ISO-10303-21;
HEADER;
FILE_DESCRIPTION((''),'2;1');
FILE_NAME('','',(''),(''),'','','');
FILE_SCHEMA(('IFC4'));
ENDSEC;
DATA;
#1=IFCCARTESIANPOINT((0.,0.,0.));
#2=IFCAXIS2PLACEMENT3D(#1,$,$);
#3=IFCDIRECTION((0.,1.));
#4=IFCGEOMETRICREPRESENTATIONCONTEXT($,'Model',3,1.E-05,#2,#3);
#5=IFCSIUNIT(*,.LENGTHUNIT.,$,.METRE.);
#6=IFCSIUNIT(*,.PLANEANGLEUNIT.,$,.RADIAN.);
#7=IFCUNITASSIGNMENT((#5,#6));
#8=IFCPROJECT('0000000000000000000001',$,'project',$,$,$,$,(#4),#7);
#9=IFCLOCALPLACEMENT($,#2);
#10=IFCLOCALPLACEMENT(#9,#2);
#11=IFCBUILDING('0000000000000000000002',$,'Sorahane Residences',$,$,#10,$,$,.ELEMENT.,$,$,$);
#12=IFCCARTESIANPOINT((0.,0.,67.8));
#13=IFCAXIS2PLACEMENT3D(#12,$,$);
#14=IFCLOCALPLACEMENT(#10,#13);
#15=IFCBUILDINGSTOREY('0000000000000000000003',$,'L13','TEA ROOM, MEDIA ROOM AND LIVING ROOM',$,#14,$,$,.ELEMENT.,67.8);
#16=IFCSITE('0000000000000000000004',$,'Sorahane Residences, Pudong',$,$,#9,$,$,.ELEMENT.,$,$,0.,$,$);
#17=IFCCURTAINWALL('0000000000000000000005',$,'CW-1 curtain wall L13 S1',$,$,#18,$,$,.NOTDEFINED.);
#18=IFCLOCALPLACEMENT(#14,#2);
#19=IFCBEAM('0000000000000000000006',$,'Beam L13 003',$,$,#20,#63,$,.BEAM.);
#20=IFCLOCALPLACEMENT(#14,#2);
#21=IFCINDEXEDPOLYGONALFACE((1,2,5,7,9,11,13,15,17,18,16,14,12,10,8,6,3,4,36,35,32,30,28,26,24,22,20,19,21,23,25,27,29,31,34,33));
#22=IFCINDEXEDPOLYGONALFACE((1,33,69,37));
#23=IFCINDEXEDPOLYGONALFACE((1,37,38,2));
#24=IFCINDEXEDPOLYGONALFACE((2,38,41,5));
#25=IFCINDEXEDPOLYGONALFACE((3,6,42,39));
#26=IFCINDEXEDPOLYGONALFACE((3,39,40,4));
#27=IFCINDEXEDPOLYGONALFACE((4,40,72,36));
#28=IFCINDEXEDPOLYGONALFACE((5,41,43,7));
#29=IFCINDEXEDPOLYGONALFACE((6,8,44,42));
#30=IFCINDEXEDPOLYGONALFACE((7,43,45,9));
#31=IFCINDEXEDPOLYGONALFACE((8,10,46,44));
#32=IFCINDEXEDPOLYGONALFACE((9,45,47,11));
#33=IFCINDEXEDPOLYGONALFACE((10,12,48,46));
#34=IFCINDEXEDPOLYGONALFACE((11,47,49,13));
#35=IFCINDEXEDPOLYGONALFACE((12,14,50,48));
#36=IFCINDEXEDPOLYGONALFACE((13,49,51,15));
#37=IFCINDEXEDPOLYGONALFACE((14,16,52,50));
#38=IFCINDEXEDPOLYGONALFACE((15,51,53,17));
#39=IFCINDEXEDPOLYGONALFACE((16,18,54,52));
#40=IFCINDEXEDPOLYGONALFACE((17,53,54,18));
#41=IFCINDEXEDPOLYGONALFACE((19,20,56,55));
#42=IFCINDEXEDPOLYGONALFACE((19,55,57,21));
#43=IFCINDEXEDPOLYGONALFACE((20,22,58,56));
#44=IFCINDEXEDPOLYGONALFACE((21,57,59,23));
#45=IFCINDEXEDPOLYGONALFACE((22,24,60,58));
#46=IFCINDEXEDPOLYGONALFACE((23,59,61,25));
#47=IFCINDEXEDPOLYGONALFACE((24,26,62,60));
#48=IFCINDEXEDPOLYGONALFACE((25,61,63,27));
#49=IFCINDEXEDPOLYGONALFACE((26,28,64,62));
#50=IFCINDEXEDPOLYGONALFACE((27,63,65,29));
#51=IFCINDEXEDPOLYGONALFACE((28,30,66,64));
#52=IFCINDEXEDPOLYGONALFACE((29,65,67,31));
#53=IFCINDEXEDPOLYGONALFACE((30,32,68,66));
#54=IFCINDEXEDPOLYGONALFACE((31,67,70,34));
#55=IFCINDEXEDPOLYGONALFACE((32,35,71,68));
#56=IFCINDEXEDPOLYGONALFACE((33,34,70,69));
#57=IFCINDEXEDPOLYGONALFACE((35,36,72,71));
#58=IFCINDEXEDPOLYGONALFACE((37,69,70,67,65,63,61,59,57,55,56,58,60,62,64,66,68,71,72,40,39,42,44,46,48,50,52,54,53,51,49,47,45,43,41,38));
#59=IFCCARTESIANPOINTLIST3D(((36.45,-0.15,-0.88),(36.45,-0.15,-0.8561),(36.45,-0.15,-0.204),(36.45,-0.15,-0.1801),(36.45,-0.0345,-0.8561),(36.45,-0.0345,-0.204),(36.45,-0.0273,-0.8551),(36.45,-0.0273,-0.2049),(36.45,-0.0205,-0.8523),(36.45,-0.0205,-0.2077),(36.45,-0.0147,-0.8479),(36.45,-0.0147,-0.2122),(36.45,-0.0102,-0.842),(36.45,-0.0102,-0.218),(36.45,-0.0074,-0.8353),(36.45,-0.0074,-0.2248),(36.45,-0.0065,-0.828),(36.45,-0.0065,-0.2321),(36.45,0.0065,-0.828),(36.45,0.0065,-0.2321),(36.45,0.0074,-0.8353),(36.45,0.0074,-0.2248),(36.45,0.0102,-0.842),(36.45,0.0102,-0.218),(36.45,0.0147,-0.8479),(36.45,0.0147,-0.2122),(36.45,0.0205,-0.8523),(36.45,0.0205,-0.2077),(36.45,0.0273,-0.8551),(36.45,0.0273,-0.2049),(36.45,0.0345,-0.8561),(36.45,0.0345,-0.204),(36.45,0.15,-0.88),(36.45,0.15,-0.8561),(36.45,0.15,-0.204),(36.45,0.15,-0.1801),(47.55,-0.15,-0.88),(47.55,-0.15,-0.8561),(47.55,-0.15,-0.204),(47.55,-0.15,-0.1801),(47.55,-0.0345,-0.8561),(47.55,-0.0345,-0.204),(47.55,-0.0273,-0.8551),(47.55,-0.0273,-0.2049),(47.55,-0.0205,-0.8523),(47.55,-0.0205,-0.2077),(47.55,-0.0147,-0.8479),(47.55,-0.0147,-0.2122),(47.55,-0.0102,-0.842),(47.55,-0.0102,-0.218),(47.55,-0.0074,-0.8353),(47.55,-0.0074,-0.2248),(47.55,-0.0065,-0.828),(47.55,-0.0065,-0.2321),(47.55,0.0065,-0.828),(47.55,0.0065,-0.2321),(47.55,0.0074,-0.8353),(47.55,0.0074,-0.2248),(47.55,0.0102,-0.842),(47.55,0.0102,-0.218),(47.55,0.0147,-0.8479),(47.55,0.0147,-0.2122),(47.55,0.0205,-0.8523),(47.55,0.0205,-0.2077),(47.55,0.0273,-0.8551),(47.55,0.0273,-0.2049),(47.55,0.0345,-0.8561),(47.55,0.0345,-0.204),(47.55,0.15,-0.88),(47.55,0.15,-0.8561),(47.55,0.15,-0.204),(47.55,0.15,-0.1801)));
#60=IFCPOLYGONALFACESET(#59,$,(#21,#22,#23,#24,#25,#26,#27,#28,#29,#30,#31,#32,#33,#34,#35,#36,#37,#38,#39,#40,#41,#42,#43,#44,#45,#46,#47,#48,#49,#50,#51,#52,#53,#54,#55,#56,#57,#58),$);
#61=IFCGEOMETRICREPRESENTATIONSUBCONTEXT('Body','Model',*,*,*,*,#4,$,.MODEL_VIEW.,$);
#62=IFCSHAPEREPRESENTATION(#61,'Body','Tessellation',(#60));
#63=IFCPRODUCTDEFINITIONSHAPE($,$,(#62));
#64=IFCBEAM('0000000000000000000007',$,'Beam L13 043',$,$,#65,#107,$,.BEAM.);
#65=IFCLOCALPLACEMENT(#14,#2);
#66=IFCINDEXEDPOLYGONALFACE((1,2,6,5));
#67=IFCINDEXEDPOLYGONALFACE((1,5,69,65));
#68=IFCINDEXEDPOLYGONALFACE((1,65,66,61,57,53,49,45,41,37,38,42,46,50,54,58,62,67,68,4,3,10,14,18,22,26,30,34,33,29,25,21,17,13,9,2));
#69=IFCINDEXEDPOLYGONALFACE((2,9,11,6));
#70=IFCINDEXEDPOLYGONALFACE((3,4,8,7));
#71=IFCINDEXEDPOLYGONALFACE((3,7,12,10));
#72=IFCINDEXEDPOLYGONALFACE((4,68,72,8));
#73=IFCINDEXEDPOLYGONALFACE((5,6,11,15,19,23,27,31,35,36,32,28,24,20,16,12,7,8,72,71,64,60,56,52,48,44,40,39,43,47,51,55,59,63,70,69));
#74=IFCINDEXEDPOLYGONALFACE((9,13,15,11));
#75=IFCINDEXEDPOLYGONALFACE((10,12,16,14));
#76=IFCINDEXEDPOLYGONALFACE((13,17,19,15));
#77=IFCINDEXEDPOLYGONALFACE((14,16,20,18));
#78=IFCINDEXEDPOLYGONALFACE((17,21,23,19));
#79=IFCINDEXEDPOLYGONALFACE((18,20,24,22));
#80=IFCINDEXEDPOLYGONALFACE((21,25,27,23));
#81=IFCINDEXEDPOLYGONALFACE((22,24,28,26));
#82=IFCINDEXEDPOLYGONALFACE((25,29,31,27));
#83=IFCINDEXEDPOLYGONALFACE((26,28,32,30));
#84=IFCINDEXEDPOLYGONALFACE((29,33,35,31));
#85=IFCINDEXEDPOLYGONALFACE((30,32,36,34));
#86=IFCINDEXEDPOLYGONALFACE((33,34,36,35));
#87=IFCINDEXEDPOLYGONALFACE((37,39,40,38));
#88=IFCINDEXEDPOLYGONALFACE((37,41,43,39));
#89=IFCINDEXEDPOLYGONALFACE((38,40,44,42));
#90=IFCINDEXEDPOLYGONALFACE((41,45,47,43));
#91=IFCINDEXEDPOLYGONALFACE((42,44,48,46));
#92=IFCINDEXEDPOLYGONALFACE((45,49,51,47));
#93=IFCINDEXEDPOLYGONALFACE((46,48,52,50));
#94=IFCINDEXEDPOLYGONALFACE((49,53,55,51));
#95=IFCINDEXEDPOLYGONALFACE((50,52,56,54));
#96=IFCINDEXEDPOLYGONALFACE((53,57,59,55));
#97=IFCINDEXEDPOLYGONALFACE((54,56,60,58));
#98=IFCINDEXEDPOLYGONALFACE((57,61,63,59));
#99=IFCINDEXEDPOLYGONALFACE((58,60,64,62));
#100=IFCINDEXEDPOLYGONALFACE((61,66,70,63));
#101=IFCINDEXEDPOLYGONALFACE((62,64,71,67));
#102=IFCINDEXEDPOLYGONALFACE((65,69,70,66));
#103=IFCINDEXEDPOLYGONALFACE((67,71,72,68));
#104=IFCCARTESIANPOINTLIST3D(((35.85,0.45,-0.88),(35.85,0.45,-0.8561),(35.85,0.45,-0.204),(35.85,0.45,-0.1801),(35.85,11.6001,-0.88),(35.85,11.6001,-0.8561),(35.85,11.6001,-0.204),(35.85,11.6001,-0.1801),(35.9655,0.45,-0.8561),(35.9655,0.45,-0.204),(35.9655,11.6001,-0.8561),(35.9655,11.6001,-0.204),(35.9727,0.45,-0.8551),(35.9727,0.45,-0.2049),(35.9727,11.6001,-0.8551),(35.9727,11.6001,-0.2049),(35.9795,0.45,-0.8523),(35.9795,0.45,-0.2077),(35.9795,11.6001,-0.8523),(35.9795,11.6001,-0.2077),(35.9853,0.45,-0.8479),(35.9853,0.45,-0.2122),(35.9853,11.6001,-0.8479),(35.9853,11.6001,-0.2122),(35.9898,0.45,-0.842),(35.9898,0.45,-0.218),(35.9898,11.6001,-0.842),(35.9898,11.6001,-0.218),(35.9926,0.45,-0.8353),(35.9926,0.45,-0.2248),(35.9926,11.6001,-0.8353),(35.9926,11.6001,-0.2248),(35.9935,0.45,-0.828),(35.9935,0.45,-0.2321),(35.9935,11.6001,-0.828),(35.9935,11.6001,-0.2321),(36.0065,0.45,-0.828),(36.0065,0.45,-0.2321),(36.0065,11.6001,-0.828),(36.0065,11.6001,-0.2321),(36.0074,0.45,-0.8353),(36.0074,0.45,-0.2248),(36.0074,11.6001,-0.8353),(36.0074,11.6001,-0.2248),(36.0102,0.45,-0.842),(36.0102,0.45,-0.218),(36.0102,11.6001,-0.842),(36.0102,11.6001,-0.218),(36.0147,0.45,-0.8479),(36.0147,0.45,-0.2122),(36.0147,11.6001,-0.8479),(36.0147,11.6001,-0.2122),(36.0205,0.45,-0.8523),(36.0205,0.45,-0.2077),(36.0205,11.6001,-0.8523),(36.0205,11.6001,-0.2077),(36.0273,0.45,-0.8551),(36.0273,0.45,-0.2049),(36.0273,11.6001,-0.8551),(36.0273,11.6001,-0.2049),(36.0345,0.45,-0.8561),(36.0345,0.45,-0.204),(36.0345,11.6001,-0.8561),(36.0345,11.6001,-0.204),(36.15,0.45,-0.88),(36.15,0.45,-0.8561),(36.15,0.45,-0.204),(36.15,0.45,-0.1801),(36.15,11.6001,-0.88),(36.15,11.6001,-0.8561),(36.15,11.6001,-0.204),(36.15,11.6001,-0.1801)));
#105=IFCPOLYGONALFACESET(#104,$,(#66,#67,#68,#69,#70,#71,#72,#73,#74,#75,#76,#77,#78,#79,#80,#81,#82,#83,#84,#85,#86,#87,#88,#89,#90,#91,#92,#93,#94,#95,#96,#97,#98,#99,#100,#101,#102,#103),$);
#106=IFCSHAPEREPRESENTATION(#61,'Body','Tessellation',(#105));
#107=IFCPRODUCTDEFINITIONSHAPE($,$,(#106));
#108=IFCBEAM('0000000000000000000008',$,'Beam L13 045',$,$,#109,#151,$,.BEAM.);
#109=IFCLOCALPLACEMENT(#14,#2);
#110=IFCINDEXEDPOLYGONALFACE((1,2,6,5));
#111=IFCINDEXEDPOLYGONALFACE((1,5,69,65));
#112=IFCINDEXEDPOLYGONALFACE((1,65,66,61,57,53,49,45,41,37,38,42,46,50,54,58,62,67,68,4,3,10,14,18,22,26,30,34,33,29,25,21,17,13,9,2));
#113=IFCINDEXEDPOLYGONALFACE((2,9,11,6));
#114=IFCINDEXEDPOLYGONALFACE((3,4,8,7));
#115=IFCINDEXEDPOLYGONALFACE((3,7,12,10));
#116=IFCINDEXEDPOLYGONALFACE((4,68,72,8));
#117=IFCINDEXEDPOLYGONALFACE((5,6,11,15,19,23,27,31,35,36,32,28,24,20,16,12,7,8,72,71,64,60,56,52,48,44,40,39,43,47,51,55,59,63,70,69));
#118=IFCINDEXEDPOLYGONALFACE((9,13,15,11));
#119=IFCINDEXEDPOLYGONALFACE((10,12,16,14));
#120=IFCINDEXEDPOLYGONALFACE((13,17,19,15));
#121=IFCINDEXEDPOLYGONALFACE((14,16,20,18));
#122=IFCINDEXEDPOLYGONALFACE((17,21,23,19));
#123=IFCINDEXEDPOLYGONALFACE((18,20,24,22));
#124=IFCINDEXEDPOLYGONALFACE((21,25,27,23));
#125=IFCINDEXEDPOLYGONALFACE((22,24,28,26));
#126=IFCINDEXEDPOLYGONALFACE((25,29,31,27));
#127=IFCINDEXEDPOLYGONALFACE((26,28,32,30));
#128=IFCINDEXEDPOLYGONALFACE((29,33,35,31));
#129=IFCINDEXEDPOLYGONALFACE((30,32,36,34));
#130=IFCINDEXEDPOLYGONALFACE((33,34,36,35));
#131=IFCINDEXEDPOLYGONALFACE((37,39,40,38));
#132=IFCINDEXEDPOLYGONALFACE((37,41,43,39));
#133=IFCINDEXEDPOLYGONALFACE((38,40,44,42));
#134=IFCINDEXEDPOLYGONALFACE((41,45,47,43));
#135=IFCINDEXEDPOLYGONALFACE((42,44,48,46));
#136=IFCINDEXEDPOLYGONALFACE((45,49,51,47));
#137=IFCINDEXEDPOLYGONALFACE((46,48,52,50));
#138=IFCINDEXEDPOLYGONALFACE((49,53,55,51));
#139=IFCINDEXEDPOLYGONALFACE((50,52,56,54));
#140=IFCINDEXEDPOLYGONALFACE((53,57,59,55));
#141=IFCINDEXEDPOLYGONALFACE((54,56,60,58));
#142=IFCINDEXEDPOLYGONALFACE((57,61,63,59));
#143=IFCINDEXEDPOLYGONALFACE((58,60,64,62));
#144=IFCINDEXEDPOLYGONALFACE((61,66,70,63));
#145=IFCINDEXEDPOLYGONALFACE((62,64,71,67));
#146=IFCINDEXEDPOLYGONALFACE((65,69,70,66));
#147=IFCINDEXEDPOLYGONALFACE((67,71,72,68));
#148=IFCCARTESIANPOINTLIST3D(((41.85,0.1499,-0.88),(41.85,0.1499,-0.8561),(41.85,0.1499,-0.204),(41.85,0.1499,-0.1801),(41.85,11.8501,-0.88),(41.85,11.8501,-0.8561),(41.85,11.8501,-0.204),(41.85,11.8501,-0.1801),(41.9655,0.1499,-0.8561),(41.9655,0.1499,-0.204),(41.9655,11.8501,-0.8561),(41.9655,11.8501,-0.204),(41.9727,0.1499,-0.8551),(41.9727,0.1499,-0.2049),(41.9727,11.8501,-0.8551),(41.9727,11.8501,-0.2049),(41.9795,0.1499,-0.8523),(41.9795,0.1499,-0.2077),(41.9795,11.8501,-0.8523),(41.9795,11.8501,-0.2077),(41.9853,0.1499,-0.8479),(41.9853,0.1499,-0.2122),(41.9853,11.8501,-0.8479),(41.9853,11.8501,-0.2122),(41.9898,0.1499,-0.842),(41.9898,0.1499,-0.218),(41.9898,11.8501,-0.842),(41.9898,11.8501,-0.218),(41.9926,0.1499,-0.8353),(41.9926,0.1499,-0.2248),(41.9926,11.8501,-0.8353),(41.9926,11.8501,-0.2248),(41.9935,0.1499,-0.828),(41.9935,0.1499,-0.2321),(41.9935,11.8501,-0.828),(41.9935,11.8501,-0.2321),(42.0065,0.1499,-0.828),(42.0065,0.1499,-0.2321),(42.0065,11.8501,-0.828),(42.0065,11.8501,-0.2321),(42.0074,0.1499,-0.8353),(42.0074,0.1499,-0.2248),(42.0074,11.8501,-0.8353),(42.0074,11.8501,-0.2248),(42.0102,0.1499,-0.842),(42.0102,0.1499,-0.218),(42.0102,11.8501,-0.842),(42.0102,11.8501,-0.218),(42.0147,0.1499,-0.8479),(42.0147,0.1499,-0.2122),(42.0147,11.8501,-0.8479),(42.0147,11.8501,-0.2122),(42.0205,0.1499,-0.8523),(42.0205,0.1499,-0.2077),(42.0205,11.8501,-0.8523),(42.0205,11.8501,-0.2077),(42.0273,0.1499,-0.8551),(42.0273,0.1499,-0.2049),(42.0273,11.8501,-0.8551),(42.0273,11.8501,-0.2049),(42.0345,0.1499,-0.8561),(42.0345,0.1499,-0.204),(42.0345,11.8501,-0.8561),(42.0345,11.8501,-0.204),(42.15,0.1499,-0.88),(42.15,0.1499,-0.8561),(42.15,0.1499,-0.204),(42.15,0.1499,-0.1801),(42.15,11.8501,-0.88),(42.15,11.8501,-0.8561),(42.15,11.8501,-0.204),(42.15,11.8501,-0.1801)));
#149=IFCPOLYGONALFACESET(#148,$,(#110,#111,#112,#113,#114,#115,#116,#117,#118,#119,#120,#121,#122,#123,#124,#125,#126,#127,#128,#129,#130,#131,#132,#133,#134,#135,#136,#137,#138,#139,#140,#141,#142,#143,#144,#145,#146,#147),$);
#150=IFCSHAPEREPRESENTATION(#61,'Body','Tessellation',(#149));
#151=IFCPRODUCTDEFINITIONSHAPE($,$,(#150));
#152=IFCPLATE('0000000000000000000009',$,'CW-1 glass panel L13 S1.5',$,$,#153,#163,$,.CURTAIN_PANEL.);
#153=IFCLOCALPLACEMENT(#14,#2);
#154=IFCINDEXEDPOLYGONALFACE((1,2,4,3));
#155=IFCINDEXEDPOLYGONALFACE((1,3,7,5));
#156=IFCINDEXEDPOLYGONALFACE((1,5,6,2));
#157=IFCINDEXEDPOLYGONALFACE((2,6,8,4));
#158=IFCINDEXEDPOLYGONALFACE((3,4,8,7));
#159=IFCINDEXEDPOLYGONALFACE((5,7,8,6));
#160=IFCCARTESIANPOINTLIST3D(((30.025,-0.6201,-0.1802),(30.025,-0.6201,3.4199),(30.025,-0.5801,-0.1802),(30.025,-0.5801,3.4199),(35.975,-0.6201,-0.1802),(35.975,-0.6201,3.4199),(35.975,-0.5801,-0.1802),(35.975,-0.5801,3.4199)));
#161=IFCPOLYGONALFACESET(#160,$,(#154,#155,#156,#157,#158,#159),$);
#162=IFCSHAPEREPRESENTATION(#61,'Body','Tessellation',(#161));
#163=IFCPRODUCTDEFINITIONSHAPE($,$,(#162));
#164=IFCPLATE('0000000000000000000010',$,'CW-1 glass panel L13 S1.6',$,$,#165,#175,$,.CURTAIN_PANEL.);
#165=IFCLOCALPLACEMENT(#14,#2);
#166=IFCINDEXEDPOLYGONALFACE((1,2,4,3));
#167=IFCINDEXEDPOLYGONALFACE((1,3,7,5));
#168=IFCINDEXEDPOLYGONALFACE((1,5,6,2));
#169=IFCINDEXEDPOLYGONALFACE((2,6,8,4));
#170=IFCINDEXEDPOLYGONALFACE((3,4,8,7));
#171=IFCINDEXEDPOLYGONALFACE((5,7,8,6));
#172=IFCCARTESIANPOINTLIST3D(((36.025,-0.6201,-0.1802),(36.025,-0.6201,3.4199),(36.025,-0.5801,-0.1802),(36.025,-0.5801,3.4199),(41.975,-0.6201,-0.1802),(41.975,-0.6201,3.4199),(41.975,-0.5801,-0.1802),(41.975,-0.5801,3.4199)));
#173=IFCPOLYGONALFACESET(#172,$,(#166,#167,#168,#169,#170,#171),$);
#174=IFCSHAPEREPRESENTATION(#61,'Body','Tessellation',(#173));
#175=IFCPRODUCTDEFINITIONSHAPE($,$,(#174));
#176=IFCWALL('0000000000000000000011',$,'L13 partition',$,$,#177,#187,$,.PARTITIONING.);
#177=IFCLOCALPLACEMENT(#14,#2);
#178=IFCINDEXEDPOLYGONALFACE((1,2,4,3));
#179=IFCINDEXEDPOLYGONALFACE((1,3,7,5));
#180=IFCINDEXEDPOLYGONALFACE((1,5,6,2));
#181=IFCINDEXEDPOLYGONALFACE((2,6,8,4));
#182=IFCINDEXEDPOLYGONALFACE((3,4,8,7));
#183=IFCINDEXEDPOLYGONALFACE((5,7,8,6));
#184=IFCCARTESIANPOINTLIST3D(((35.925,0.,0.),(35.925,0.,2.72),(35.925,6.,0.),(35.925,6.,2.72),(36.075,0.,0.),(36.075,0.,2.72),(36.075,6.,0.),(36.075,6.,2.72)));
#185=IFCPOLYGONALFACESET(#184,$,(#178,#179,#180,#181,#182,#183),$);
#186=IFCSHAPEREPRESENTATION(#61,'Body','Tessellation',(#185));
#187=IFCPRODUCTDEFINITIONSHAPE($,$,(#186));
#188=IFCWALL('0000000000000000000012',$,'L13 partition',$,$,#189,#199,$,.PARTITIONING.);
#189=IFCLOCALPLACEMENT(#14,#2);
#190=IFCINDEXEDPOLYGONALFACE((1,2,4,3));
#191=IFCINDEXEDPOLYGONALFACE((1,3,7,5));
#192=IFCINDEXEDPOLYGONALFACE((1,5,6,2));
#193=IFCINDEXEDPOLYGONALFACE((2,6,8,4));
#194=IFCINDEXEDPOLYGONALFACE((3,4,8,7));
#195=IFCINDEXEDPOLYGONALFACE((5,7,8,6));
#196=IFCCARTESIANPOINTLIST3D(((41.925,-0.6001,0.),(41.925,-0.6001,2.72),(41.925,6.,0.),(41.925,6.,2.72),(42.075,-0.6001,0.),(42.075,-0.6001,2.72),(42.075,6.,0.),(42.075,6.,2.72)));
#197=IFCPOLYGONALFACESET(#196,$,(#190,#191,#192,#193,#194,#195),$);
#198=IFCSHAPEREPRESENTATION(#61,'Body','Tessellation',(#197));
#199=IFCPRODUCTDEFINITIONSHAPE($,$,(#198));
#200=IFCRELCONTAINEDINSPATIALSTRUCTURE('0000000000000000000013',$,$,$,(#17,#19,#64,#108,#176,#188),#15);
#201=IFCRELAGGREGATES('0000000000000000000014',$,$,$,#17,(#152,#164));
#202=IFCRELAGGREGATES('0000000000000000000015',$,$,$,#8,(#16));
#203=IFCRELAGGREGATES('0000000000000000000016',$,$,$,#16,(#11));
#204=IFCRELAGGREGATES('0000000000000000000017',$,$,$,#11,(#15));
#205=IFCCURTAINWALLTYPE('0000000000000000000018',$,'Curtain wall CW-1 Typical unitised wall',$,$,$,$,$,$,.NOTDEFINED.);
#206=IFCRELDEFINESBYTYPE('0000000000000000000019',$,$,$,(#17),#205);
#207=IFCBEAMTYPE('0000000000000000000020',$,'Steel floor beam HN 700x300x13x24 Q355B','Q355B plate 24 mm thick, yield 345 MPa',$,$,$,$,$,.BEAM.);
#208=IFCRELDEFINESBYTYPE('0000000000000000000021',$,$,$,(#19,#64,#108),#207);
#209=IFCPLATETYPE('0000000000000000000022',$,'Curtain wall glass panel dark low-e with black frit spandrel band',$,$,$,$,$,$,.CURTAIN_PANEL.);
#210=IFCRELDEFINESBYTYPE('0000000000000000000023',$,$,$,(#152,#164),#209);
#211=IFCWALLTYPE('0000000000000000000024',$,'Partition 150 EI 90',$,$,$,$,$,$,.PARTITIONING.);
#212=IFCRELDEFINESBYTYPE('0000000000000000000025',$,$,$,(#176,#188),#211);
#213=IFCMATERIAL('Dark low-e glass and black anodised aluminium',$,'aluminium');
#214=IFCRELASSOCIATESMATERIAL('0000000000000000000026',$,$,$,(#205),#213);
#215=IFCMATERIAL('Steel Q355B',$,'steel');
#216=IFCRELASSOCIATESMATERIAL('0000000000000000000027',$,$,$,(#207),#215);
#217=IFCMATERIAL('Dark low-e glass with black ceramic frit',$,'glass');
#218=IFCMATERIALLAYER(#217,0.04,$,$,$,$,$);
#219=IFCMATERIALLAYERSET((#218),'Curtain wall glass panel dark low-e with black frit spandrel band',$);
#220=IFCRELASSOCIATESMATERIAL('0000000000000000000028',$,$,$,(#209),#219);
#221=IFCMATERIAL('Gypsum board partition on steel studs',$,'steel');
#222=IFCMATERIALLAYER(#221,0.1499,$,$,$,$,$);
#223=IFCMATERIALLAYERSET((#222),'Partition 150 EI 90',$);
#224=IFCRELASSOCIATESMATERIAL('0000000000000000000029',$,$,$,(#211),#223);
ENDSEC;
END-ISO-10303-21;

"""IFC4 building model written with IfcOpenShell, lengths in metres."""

from ifc_helpers import new_model, si_unit, direction, frame, frame_2d, origin, origin_2d, place, context, subcontext, project, spatial, rectangle, i_section, extrude, material, layer, layer_set, material_profile, profile_set, type_object, element, aggregate, save


model = new_model("IFC4")

# Units and contexts
model_context = context("Model", 3, precision=1e-05, world=origin(), true_north=direction((0.0, 1.0)))
body_context = subcontext(model_context, "Body", "Model", "MODEL_VIEW")
ifc_project = project(units=[si_unit("LENGTHUNIT", "METRE"), si_unit("PLANEANGLEUNIT", "RADIAN")], contexts=[model_context])

# Site, building, storey
site_placement = place(None, origin())
site = spatial("IfcSite", under=ifc_project, at=site_placement, Name="Sorahane Residences, Pudong", CompositionType="ELEMENT", RefElevation=0.0)
building_placement = place(site_placement, origin())
building = spatial("IfcBuilding", under=site, at=building_placement, Name="Sorahane Residences", CompositionType="ELEMENT")
storey_placement = place(building_placement, frame((0.0, 0.0, 67.8)))
storey = spatial("IfcBuildingStorey", under=building, at=storey_placement, Name="L13", Description="TEA ROOM, MEDIA ROOM AND LIVING ROOM", CompositionType="ELEMENT", Elevation=67.8)

# Curtain wall
ifc_material_1 = material(Name="Dark low-e glass and black anodised aluminium", Category="aluminium")
curtain_wall_type = type_object("IfcCurtainWallType", Name="Curtain wall CW-1 Typical unitised wall", PredefinedType="NOTDEFINED", material=ifc_material_1)
curtain_wall_placement = place(storey_placement, origin())
curtain_wall = element("IfcCurtainWall", 1, at=curtain_wall_placement, inside=storey, type_object=curtain_wall_type, Name="CW-1 curtain wall L13 S1", PredefinedType="NOTDEFINED")

# Beams
ifc_material_2 = material(Name="Steel Q355B", Category="steel")
ifc_material_profile_1 = material_profile(ifc_material_2, i_section(OverallWidth=0.3, OverallDepth=0.7, WebThickness=0.0129, FlangeThickness=0.0239, FilletRadius=0.0281, at=origin_2d()), Name="HN 700x300x13x24")
ifc_profile_set_1 = profile_set([ifc_material_profile_1], Name="Steel Q355B")
beam_type_1 = type_object("IfcBeamType", Name="Steel floor beam HN 700x300x13x24 Q355B", Description="Q355B plate 24 mm thick, yield 345 MPa", PredefinedType="BEAM", material=ifc_profile_set_1)
beam_1_placement = place(storey_placement, frame((36.45, 0.0, -0.53), z_axis=(1.0, 0.0, 0.0), x_axis=(0.0, 1.0, 0.0)))
element("IfcBeam", 2, at=beam_1_placement, inside=storey, type_object=beam_type_1, Name="Beam L13 003", PredefinedType="BEAM", context=body_context, shape_type="SweptSolid", body=[
    extrude(i_section(OverallWidth=0.3, OverallDepth=0.7, WebThickness=0.0129, FlangeThickness=0.0239, FilletRadius=0.0281, at=origin_2d()), origin(), (0.0, 0.0, 1.0), 11.1001),
])
beam_2_placement = place(storey_placement, frame((36.0, 0.45, -0.53), z_axis=(0.0, 1.0, 0.0), x_axis=(-1.0, 0.0, 0.0)))
element("IfcBeam", 3, at=beam_2_placement, inside=storey, type_object=beam_type_1, Name="Beam L13 043", PredefinedType="BEAM", context=body_context, shape_type="SweptSolid", body=[
    extrude(i_section(OverallWidth=0.3, OverallDepth=0.7, WebThickness=0.0129, FlangeThickness=0.0239, FilletRadius=0.0281, at=origin_2d()), origin(), (0.0, 0.0, 1.0), 11.1501),
])
beam_3_placement = place(storey_placement, frame((42.0, 0.1499, -0.53), z_axis=(0.0, 1.0, 0.0), x_axis=(-1.0, 0.0, 0.0)))
element("IfcBeam", 4, at=beam_3_placement, inside=storey, type_object=beam_type_1, Name="Beam L13 045", PredefinedType="BEAM", context=body_context, shape_type="SweptSolid", body=[
    extrude(i_section(OverallWidth=0.3, OverallDepth=0.7, WebThickness=0.0129, FlangeThickness=0.0239, FilletRadius=0.0281, at=origin_2d()), origin(), (0.0, 0.0, 1.0), 11.7002),
])

# Plates
ifc_material_3 = material(Name="Dark low-e glass with black ceramic frit", Category="glass")
ifc_layer_1 = layer(ifc_material_3, 0.04)
ifc_layer_set_1 = layer_set([ifc_layer_1], Name="Curtain wall glass panel dark low-e with black frit spandrel band")
plate_type = type_object("IfcPlateType", Name="Curtain wall glass panel dark low-e with black frit spandrel band", PredefinedType="CURTAIN_PANEL", material=ifc_layer_set_1)
plate_1_placement = place(storey_placement, frame((33.0, -0.6001, -0.1802), z_axis=(0.0, 0.0, 1.0), x_axis=(1.0, 0.0, 0.0)))
plate_1 = element("IfcPlate", 5, at=plate_1_placement, type_object=plate_type, Name="CW-1 glass panel L13 S1.5", PredefinedType="CURTAIN_PANEL", context=body_context, shape_type="SweptSolid", body=[
    extrude(rectangle(XDim=5.95, YDim=0.04, at=origin_2d()), origin(), (0.0, 0.0, 1.0), 3.6001),
])
plate_2_placement = place(storey_placement, frame((39.0, -0.6001, -0.1802), z_axis=(0.0, 0.0, 1.0), x_axis=(1.0, 0.0, 0.0)))
plate_2 = element("IfcPlate", 6, at=plate_2_placement, type_object=plate_type, Name="CW-1 glass panel L13 S1.6", PredefinedType="CURTAIN_PANEL", context=body_context, shape_type="SweptSolid", body=[
    extrude(rectangle(XDim=5.95, YDim=0.04, at=origin_2d()), origin(), (0.0, 0.0, 1.0), 3.6001),
])
aggregate(curtain_wall, [plate_1, plate_2])

# Walls
ifc_material_4 = material(Name="Gypsum board partition on steel studs", Category="steel")
ifc_layer_2 = layer(ifc_material_4, 0.1499)
ifc_layer_set_2 = layer_set([ifc_layer_2], Name="Partition 150 EI 90")
wall_type_1 = type_object("IfcWallType", Name="Partition 150 EI 90", PredefinedType="PARTITIONING", material=ifc_layer_set_2)
wall_1_placement = place(storey_placement, frame((36.0, 0.0, 0.0), z_axis=(0.0, 0.0, 1.0), x_axis=(0.0, 1.0, 0.0)))
element("IfcWall", 7, at=wall_1_placement, inside=storey, type_object=wall_type_1, Name="L13 partition", PredefinedType="PARTITIONING", context=body_context, shape_type="SweptSolid", body=[
    extrude(rectangle(XDim=6.0, YDim=0.1499, at=frame_2d((3.0, 0.0))), origin(), (0.0, 0.0, 1.0), 2.72),
])
wall_2_placement = place(storey_placement, frame((42.0, -0.6001, 0.0), z_axis=(0.0, 0.0, 1.0), x_axis=(0.0, 1.0, 0.0)))
element("IfcWall", 8, at=wall_2_placement, inside=storey, type_object=wall_type_1, Name="L13 partition", PredefinedType="PARTITIONING", context=body_context, shape_type="SweptSolid", body=[
    extrude(rectangle(XDim=6.6001, YDim=0.1499, at=frame_2d((3.3, 0.0))), origin(), (0.0, 0.0, 1.0), 2.72),
])

save(model, "model.ifc")
